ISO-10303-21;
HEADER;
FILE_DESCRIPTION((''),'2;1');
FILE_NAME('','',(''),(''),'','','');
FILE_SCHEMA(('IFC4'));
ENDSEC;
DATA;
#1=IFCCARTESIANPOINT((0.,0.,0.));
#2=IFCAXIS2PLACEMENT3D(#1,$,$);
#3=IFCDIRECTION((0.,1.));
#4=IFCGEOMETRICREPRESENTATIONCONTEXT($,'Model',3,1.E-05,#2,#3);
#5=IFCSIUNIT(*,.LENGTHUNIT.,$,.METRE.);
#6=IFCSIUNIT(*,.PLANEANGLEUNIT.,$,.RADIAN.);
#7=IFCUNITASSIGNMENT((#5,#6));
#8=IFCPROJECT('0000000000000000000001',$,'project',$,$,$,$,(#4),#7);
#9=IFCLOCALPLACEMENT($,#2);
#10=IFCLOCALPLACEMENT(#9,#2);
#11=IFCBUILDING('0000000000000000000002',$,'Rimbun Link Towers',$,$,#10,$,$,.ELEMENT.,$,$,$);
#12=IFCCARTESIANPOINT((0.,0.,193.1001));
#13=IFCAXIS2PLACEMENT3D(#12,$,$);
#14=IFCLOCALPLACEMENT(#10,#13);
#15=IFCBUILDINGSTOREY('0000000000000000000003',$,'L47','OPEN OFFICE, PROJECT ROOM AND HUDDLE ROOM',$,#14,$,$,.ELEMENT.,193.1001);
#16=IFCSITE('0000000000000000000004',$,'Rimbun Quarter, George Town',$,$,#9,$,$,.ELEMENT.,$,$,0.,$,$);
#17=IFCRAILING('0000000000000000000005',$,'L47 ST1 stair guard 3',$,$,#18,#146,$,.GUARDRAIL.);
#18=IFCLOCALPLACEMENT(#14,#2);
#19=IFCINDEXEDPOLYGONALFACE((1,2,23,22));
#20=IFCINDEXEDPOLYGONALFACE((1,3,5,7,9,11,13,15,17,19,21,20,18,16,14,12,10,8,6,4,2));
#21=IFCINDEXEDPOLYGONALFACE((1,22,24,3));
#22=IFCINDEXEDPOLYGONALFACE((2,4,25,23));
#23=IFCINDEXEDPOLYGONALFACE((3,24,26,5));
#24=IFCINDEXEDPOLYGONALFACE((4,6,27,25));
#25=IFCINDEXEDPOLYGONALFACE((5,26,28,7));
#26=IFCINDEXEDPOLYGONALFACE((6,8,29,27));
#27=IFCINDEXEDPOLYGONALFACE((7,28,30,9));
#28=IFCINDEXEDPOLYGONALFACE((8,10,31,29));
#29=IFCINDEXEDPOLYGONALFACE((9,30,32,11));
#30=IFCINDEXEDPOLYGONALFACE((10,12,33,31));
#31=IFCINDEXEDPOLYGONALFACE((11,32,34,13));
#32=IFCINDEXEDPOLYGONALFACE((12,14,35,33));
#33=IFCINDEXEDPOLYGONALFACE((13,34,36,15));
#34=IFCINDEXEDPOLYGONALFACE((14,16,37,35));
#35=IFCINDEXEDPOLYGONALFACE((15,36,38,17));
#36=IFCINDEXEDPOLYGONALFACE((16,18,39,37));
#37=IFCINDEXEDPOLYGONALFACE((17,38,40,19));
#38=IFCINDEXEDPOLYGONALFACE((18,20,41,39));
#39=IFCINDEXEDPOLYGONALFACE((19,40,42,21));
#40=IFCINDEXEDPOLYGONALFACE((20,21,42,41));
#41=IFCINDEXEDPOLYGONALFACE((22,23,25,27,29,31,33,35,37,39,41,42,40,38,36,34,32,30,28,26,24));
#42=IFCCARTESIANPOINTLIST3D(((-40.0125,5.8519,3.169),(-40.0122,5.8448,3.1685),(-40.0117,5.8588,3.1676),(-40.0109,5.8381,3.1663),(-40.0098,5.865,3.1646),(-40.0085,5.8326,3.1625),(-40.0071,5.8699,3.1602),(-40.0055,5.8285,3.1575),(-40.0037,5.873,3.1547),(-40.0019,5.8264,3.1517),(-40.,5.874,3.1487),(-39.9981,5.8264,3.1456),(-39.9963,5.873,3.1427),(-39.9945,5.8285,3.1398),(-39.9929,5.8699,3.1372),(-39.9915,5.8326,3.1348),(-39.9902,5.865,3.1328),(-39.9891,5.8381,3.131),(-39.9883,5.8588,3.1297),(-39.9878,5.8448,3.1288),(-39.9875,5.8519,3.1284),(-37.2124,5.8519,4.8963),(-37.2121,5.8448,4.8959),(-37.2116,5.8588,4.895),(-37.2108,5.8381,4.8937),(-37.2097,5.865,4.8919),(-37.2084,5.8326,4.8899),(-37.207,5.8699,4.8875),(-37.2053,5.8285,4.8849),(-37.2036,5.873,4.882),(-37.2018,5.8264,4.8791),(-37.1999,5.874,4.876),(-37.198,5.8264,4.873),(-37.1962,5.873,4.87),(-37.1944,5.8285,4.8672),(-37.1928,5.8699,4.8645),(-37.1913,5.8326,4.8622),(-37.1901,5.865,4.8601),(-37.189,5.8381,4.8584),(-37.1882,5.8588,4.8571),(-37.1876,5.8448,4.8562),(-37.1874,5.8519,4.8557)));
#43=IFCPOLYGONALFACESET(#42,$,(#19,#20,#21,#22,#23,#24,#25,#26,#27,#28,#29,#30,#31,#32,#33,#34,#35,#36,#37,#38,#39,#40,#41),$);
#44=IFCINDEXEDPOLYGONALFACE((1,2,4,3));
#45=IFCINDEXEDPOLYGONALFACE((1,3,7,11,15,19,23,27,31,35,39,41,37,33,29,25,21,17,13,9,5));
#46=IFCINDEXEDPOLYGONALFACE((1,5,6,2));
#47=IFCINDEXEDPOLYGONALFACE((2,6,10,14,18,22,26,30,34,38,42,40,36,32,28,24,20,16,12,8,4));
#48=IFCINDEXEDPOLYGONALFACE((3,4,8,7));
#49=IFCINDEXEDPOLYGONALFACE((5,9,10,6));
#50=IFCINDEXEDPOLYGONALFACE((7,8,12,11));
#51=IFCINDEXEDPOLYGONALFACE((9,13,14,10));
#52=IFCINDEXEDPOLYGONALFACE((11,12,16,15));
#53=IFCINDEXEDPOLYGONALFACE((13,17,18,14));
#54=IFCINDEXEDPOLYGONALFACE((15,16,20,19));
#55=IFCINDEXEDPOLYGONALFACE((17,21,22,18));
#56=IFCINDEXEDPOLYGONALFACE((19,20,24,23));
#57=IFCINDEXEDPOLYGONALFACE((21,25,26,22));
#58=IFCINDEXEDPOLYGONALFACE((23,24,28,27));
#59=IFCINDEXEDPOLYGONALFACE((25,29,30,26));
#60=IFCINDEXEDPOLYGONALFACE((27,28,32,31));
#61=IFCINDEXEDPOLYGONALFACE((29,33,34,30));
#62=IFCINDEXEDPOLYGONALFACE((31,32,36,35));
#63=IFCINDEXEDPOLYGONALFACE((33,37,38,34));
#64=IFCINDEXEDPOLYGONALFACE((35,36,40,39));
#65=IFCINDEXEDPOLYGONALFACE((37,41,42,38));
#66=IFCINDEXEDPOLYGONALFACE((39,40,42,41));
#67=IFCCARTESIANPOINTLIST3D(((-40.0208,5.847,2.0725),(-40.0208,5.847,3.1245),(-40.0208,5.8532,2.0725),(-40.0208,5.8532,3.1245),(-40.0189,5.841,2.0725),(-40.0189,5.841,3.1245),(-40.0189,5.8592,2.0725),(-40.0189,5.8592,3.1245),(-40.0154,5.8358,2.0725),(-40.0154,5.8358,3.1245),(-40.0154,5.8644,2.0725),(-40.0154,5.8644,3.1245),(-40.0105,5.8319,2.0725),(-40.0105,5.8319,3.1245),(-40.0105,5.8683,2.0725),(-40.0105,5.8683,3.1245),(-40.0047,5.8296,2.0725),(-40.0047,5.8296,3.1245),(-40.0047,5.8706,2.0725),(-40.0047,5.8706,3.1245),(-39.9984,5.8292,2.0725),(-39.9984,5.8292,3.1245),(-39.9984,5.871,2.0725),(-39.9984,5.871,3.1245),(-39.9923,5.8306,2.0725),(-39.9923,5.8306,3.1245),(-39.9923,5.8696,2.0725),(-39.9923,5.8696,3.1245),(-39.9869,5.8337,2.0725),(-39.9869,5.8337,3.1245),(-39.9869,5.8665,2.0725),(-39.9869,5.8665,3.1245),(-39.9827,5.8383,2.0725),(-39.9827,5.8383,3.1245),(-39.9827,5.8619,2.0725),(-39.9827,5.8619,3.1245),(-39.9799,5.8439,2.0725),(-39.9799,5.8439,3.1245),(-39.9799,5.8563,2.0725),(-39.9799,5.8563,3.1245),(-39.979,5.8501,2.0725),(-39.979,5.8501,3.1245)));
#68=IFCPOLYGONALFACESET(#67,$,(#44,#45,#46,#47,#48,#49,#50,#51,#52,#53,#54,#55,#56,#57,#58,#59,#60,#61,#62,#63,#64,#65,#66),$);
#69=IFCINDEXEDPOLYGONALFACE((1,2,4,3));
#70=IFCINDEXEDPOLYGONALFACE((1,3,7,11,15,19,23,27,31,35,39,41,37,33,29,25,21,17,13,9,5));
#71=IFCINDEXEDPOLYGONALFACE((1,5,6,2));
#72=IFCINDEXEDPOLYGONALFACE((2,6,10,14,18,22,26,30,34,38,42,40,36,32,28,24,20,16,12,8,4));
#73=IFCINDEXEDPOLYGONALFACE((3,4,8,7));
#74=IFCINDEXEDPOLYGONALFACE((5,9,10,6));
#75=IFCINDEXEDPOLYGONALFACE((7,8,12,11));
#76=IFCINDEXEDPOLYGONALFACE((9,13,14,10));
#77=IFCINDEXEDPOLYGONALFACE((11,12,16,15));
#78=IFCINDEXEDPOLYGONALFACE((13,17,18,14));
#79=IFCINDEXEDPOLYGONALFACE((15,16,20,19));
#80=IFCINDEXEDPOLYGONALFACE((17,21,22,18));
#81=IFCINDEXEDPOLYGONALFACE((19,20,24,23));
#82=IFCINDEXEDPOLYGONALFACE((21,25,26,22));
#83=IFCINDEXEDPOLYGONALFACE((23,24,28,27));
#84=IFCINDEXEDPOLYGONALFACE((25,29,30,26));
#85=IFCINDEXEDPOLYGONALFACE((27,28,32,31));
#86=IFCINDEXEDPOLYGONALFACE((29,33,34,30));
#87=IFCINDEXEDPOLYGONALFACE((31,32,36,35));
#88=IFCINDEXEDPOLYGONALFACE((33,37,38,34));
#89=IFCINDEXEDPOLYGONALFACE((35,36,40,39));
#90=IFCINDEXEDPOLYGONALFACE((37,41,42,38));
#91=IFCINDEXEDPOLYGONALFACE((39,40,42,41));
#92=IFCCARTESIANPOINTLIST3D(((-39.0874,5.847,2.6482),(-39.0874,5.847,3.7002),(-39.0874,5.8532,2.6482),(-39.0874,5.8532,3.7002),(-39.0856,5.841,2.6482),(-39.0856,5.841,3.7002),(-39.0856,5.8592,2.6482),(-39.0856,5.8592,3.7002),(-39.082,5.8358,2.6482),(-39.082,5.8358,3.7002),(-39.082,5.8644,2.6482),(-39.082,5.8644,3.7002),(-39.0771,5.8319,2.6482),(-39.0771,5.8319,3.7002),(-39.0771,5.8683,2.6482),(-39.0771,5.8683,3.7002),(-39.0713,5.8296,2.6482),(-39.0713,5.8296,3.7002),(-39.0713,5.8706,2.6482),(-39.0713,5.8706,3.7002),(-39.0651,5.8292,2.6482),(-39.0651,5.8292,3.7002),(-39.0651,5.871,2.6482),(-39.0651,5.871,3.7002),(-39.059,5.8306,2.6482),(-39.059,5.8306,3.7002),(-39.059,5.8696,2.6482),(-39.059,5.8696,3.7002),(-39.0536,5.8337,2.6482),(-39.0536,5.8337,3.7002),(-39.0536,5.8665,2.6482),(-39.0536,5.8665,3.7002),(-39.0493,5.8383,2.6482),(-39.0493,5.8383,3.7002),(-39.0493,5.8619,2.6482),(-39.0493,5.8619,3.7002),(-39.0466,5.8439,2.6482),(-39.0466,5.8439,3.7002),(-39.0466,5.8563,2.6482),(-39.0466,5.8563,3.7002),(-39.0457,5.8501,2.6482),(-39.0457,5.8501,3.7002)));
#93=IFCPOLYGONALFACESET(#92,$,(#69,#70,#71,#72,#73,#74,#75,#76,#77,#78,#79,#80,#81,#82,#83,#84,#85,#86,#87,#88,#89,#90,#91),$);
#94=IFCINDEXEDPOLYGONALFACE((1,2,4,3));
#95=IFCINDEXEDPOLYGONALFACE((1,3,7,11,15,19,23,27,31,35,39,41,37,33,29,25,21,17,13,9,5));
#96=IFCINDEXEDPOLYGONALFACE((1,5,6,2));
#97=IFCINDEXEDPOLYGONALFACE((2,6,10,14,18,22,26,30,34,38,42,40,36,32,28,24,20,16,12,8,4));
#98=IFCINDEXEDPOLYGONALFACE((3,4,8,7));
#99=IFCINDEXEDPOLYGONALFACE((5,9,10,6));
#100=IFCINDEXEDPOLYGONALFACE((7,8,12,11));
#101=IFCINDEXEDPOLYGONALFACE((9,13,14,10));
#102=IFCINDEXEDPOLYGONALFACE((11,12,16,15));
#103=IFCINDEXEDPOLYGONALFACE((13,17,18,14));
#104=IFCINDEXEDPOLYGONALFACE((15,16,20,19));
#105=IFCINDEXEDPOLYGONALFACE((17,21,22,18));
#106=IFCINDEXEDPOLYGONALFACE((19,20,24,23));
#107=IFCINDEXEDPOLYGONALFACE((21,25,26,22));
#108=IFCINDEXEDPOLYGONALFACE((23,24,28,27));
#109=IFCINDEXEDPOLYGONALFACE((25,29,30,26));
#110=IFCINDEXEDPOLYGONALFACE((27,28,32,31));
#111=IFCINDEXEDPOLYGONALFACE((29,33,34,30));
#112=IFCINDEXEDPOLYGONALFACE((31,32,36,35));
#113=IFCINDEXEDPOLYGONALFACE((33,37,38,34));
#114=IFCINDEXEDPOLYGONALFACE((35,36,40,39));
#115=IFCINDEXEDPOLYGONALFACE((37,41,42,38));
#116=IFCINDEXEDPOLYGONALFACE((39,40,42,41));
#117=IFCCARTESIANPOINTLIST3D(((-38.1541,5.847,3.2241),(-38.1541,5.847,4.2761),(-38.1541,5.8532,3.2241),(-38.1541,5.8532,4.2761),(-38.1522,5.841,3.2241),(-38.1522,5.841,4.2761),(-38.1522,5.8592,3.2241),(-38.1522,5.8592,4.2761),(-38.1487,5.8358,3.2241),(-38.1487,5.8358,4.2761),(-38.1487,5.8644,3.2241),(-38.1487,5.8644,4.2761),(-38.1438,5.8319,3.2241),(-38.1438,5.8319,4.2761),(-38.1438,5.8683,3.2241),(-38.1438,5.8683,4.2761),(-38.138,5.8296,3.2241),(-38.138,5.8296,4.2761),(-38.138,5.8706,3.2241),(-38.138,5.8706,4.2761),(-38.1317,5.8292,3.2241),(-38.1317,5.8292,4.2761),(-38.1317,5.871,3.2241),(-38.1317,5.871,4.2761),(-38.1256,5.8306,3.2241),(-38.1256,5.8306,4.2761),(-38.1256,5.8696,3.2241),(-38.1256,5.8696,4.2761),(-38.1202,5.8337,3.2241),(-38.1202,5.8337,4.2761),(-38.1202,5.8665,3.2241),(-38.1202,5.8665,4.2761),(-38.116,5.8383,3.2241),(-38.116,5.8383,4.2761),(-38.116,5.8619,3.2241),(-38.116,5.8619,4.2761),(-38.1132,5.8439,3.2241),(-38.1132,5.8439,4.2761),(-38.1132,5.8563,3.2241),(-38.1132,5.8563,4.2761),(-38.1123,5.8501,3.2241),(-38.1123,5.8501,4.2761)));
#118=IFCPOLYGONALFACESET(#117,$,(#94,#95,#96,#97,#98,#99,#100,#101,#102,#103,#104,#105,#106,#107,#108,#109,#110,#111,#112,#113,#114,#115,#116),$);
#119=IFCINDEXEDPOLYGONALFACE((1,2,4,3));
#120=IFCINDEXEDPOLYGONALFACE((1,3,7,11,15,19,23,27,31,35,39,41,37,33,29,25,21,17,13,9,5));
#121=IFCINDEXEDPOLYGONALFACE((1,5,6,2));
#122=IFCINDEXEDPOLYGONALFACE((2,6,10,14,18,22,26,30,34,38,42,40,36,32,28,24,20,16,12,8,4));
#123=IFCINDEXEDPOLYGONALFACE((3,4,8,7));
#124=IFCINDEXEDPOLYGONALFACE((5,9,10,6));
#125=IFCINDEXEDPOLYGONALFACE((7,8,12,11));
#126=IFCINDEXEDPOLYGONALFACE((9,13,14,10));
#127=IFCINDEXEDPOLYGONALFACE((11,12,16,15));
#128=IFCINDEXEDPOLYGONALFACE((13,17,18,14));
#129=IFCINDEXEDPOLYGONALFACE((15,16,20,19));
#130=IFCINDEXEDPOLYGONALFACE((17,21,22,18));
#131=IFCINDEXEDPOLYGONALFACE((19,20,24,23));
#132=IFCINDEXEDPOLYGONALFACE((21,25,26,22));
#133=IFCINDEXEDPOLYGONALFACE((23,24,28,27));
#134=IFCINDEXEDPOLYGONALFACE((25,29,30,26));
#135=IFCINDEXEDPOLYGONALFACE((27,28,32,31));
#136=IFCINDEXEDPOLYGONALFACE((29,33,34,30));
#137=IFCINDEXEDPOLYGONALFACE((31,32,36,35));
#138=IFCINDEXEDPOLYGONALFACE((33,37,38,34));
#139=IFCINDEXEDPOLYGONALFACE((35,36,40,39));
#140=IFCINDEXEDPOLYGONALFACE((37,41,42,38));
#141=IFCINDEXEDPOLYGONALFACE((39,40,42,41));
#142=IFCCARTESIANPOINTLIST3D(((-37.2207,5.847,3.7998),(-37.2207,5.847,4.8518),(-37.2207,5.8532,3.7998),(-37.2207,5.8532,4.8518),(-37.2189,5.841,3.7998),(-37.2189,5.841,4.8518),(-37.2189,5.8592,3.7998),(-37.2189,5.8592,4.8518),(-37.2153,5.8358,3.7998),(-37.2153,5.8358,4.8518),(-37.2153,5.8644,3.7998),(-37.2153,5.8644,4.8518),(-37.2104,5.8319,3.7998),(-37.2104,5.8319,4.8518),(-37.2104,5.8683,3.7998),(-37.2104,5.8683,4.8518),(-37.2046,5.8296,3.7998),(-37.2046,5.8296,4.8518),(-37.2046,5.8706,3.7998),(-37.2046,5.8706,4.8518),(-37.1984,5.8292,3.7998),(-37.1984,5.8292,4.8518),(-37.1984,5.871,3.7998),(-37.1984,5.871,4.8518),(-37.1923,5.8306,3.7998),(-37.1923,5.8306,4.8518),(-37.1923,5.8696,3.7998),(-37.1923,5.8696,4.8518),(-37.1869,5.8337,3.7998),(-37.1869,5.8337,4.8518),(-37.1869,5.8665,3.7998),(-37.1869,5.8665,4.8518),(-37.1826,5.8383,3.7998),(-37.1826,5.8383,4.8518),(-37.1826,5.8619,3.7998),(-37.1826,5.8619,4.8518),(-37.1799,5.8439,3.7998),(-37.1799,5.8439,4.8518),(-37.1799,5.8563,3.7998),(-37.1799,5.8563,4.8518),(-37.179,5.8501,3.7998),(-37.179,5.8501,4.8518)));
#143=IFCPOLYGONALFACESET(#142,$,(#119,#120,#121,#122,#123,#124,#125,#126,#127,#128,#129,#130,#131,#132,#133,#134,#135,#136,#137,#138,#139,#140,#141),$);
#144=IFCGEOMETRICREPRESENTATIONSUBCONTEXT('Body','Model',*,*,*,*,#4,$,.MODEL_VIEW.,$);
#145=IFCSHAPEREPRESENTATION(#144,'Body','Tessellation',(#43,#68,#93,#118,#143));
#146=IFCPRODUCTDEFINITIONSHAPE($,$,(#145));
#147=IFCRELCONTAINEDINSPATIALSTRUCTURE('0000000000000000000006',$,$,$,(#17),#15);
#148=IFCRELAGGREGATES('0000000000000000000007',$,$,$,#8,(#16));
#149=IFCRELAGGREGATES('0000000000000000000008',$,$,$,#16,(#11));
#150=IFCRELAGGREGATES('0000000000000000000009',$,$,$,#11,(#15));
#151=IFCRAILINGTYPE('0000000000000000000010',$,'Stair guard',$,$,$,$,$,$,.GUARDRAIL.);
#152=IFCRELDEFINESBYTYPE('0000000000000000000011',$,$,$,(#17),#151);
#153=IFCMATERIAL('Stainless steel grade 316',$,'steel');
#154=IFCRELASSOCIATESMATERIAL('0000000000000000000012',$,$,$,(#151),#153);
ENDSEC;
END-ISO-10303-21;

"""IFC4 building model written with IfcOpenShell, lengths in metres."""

from ifc_helpers import new_model, si_unit, direction, frame, origin, origin_2d, place, context, subcontext, project, spatial, circle, extrude, material, type_object, element, save


model = new_model("IFC4")

# Units and contexts
model_context = context("Model", 3, precision=1e-05, world=origin(), true_north=direction((0.0, 1.0)))
body_context = subcontext(model_context, "Body", "Model", "MODEL_VIEW")
ifc_project = project(units=[si_unit("LENGTHUNIT", "METRE"), si_unit("PLANEANGLEUNIT", "RADIAN")], contexts=[model_context])

# Site, building, storey
site_placement = place(None, origin())
site = spatial("IfcSite", under=ifc_project, at=site_placement, Name="Rimbun Quarter, George Town", CompositionType="ELEMENT", RefElevation=0.0)
building_placement = place(site_placement, origin())
building = spatial("IfcBuilding", under=site, at=building_placement, Name="Rimbun Link Towers", CompositionType="ELEMENT")
storey_placement = place(building_placement, frame((0.0, 0.0, 193.1001)))
storey = spatial("IfcBuildingStorey", under=building, at=storey_placement, Name="L47", Description="OPEN OFFICE, PROJECT ROOM AND HUDDLE ROOM", CompositionType="ELEMENT", Elevation=193.1001)

# Railing
ifc_material_1 = material(Name="Stainless steel grade 316", Category="steel")
railing_type_1 = type_object("IfcRailingType", Name="Stair guard", PredefinedType="GUARDRAIL", material=ifc_material_1)
railing_1_placement = place(storey_placement, frame((-40.0, 5.8501, 2.0725)))
element("IfcRailing", 1, at=railing_1_placement, inside=storey, type_object=railing_type_1, Name="L47 ST1 stair guard 3", PredefinedType="GUARDRAIL", context=body_context, shape_type="SweptSolid", body=[
    extrude(circle(Radius=0.0239, at=origin_2d()), frame((0.0, 0.0, 1.0762), z_axis=(0.85109, 0.0, 0.52502), x_axis=(0.0, 1.0, 0.0)), (0.0, 0.0, 1.0), 3.29),
    extrude(circle(Radius=0.021, at=origin_2d()), origin(), (0.0, 0.0, 1.0), 1.052),
    extrude(circle(Radius=0.021, at=origin_2d()), frame((0.9333, 0.0, 0.5757)), (0.0, 0.0, 1.0), 1.052),
    extrude(circle(Radius=0.021, at=origin_2d()), frame((1.8667, 0.0, 1.1516)), (0.0, 0.0, 1.0), 1.052),
    extrude(circle(Radius=0.021, at=origin_2d()), frame((2.8, 0.0, 1.7273)), (0.0, 0.0, 1.0), 1.052),
])

save(model, "model.ifc")
